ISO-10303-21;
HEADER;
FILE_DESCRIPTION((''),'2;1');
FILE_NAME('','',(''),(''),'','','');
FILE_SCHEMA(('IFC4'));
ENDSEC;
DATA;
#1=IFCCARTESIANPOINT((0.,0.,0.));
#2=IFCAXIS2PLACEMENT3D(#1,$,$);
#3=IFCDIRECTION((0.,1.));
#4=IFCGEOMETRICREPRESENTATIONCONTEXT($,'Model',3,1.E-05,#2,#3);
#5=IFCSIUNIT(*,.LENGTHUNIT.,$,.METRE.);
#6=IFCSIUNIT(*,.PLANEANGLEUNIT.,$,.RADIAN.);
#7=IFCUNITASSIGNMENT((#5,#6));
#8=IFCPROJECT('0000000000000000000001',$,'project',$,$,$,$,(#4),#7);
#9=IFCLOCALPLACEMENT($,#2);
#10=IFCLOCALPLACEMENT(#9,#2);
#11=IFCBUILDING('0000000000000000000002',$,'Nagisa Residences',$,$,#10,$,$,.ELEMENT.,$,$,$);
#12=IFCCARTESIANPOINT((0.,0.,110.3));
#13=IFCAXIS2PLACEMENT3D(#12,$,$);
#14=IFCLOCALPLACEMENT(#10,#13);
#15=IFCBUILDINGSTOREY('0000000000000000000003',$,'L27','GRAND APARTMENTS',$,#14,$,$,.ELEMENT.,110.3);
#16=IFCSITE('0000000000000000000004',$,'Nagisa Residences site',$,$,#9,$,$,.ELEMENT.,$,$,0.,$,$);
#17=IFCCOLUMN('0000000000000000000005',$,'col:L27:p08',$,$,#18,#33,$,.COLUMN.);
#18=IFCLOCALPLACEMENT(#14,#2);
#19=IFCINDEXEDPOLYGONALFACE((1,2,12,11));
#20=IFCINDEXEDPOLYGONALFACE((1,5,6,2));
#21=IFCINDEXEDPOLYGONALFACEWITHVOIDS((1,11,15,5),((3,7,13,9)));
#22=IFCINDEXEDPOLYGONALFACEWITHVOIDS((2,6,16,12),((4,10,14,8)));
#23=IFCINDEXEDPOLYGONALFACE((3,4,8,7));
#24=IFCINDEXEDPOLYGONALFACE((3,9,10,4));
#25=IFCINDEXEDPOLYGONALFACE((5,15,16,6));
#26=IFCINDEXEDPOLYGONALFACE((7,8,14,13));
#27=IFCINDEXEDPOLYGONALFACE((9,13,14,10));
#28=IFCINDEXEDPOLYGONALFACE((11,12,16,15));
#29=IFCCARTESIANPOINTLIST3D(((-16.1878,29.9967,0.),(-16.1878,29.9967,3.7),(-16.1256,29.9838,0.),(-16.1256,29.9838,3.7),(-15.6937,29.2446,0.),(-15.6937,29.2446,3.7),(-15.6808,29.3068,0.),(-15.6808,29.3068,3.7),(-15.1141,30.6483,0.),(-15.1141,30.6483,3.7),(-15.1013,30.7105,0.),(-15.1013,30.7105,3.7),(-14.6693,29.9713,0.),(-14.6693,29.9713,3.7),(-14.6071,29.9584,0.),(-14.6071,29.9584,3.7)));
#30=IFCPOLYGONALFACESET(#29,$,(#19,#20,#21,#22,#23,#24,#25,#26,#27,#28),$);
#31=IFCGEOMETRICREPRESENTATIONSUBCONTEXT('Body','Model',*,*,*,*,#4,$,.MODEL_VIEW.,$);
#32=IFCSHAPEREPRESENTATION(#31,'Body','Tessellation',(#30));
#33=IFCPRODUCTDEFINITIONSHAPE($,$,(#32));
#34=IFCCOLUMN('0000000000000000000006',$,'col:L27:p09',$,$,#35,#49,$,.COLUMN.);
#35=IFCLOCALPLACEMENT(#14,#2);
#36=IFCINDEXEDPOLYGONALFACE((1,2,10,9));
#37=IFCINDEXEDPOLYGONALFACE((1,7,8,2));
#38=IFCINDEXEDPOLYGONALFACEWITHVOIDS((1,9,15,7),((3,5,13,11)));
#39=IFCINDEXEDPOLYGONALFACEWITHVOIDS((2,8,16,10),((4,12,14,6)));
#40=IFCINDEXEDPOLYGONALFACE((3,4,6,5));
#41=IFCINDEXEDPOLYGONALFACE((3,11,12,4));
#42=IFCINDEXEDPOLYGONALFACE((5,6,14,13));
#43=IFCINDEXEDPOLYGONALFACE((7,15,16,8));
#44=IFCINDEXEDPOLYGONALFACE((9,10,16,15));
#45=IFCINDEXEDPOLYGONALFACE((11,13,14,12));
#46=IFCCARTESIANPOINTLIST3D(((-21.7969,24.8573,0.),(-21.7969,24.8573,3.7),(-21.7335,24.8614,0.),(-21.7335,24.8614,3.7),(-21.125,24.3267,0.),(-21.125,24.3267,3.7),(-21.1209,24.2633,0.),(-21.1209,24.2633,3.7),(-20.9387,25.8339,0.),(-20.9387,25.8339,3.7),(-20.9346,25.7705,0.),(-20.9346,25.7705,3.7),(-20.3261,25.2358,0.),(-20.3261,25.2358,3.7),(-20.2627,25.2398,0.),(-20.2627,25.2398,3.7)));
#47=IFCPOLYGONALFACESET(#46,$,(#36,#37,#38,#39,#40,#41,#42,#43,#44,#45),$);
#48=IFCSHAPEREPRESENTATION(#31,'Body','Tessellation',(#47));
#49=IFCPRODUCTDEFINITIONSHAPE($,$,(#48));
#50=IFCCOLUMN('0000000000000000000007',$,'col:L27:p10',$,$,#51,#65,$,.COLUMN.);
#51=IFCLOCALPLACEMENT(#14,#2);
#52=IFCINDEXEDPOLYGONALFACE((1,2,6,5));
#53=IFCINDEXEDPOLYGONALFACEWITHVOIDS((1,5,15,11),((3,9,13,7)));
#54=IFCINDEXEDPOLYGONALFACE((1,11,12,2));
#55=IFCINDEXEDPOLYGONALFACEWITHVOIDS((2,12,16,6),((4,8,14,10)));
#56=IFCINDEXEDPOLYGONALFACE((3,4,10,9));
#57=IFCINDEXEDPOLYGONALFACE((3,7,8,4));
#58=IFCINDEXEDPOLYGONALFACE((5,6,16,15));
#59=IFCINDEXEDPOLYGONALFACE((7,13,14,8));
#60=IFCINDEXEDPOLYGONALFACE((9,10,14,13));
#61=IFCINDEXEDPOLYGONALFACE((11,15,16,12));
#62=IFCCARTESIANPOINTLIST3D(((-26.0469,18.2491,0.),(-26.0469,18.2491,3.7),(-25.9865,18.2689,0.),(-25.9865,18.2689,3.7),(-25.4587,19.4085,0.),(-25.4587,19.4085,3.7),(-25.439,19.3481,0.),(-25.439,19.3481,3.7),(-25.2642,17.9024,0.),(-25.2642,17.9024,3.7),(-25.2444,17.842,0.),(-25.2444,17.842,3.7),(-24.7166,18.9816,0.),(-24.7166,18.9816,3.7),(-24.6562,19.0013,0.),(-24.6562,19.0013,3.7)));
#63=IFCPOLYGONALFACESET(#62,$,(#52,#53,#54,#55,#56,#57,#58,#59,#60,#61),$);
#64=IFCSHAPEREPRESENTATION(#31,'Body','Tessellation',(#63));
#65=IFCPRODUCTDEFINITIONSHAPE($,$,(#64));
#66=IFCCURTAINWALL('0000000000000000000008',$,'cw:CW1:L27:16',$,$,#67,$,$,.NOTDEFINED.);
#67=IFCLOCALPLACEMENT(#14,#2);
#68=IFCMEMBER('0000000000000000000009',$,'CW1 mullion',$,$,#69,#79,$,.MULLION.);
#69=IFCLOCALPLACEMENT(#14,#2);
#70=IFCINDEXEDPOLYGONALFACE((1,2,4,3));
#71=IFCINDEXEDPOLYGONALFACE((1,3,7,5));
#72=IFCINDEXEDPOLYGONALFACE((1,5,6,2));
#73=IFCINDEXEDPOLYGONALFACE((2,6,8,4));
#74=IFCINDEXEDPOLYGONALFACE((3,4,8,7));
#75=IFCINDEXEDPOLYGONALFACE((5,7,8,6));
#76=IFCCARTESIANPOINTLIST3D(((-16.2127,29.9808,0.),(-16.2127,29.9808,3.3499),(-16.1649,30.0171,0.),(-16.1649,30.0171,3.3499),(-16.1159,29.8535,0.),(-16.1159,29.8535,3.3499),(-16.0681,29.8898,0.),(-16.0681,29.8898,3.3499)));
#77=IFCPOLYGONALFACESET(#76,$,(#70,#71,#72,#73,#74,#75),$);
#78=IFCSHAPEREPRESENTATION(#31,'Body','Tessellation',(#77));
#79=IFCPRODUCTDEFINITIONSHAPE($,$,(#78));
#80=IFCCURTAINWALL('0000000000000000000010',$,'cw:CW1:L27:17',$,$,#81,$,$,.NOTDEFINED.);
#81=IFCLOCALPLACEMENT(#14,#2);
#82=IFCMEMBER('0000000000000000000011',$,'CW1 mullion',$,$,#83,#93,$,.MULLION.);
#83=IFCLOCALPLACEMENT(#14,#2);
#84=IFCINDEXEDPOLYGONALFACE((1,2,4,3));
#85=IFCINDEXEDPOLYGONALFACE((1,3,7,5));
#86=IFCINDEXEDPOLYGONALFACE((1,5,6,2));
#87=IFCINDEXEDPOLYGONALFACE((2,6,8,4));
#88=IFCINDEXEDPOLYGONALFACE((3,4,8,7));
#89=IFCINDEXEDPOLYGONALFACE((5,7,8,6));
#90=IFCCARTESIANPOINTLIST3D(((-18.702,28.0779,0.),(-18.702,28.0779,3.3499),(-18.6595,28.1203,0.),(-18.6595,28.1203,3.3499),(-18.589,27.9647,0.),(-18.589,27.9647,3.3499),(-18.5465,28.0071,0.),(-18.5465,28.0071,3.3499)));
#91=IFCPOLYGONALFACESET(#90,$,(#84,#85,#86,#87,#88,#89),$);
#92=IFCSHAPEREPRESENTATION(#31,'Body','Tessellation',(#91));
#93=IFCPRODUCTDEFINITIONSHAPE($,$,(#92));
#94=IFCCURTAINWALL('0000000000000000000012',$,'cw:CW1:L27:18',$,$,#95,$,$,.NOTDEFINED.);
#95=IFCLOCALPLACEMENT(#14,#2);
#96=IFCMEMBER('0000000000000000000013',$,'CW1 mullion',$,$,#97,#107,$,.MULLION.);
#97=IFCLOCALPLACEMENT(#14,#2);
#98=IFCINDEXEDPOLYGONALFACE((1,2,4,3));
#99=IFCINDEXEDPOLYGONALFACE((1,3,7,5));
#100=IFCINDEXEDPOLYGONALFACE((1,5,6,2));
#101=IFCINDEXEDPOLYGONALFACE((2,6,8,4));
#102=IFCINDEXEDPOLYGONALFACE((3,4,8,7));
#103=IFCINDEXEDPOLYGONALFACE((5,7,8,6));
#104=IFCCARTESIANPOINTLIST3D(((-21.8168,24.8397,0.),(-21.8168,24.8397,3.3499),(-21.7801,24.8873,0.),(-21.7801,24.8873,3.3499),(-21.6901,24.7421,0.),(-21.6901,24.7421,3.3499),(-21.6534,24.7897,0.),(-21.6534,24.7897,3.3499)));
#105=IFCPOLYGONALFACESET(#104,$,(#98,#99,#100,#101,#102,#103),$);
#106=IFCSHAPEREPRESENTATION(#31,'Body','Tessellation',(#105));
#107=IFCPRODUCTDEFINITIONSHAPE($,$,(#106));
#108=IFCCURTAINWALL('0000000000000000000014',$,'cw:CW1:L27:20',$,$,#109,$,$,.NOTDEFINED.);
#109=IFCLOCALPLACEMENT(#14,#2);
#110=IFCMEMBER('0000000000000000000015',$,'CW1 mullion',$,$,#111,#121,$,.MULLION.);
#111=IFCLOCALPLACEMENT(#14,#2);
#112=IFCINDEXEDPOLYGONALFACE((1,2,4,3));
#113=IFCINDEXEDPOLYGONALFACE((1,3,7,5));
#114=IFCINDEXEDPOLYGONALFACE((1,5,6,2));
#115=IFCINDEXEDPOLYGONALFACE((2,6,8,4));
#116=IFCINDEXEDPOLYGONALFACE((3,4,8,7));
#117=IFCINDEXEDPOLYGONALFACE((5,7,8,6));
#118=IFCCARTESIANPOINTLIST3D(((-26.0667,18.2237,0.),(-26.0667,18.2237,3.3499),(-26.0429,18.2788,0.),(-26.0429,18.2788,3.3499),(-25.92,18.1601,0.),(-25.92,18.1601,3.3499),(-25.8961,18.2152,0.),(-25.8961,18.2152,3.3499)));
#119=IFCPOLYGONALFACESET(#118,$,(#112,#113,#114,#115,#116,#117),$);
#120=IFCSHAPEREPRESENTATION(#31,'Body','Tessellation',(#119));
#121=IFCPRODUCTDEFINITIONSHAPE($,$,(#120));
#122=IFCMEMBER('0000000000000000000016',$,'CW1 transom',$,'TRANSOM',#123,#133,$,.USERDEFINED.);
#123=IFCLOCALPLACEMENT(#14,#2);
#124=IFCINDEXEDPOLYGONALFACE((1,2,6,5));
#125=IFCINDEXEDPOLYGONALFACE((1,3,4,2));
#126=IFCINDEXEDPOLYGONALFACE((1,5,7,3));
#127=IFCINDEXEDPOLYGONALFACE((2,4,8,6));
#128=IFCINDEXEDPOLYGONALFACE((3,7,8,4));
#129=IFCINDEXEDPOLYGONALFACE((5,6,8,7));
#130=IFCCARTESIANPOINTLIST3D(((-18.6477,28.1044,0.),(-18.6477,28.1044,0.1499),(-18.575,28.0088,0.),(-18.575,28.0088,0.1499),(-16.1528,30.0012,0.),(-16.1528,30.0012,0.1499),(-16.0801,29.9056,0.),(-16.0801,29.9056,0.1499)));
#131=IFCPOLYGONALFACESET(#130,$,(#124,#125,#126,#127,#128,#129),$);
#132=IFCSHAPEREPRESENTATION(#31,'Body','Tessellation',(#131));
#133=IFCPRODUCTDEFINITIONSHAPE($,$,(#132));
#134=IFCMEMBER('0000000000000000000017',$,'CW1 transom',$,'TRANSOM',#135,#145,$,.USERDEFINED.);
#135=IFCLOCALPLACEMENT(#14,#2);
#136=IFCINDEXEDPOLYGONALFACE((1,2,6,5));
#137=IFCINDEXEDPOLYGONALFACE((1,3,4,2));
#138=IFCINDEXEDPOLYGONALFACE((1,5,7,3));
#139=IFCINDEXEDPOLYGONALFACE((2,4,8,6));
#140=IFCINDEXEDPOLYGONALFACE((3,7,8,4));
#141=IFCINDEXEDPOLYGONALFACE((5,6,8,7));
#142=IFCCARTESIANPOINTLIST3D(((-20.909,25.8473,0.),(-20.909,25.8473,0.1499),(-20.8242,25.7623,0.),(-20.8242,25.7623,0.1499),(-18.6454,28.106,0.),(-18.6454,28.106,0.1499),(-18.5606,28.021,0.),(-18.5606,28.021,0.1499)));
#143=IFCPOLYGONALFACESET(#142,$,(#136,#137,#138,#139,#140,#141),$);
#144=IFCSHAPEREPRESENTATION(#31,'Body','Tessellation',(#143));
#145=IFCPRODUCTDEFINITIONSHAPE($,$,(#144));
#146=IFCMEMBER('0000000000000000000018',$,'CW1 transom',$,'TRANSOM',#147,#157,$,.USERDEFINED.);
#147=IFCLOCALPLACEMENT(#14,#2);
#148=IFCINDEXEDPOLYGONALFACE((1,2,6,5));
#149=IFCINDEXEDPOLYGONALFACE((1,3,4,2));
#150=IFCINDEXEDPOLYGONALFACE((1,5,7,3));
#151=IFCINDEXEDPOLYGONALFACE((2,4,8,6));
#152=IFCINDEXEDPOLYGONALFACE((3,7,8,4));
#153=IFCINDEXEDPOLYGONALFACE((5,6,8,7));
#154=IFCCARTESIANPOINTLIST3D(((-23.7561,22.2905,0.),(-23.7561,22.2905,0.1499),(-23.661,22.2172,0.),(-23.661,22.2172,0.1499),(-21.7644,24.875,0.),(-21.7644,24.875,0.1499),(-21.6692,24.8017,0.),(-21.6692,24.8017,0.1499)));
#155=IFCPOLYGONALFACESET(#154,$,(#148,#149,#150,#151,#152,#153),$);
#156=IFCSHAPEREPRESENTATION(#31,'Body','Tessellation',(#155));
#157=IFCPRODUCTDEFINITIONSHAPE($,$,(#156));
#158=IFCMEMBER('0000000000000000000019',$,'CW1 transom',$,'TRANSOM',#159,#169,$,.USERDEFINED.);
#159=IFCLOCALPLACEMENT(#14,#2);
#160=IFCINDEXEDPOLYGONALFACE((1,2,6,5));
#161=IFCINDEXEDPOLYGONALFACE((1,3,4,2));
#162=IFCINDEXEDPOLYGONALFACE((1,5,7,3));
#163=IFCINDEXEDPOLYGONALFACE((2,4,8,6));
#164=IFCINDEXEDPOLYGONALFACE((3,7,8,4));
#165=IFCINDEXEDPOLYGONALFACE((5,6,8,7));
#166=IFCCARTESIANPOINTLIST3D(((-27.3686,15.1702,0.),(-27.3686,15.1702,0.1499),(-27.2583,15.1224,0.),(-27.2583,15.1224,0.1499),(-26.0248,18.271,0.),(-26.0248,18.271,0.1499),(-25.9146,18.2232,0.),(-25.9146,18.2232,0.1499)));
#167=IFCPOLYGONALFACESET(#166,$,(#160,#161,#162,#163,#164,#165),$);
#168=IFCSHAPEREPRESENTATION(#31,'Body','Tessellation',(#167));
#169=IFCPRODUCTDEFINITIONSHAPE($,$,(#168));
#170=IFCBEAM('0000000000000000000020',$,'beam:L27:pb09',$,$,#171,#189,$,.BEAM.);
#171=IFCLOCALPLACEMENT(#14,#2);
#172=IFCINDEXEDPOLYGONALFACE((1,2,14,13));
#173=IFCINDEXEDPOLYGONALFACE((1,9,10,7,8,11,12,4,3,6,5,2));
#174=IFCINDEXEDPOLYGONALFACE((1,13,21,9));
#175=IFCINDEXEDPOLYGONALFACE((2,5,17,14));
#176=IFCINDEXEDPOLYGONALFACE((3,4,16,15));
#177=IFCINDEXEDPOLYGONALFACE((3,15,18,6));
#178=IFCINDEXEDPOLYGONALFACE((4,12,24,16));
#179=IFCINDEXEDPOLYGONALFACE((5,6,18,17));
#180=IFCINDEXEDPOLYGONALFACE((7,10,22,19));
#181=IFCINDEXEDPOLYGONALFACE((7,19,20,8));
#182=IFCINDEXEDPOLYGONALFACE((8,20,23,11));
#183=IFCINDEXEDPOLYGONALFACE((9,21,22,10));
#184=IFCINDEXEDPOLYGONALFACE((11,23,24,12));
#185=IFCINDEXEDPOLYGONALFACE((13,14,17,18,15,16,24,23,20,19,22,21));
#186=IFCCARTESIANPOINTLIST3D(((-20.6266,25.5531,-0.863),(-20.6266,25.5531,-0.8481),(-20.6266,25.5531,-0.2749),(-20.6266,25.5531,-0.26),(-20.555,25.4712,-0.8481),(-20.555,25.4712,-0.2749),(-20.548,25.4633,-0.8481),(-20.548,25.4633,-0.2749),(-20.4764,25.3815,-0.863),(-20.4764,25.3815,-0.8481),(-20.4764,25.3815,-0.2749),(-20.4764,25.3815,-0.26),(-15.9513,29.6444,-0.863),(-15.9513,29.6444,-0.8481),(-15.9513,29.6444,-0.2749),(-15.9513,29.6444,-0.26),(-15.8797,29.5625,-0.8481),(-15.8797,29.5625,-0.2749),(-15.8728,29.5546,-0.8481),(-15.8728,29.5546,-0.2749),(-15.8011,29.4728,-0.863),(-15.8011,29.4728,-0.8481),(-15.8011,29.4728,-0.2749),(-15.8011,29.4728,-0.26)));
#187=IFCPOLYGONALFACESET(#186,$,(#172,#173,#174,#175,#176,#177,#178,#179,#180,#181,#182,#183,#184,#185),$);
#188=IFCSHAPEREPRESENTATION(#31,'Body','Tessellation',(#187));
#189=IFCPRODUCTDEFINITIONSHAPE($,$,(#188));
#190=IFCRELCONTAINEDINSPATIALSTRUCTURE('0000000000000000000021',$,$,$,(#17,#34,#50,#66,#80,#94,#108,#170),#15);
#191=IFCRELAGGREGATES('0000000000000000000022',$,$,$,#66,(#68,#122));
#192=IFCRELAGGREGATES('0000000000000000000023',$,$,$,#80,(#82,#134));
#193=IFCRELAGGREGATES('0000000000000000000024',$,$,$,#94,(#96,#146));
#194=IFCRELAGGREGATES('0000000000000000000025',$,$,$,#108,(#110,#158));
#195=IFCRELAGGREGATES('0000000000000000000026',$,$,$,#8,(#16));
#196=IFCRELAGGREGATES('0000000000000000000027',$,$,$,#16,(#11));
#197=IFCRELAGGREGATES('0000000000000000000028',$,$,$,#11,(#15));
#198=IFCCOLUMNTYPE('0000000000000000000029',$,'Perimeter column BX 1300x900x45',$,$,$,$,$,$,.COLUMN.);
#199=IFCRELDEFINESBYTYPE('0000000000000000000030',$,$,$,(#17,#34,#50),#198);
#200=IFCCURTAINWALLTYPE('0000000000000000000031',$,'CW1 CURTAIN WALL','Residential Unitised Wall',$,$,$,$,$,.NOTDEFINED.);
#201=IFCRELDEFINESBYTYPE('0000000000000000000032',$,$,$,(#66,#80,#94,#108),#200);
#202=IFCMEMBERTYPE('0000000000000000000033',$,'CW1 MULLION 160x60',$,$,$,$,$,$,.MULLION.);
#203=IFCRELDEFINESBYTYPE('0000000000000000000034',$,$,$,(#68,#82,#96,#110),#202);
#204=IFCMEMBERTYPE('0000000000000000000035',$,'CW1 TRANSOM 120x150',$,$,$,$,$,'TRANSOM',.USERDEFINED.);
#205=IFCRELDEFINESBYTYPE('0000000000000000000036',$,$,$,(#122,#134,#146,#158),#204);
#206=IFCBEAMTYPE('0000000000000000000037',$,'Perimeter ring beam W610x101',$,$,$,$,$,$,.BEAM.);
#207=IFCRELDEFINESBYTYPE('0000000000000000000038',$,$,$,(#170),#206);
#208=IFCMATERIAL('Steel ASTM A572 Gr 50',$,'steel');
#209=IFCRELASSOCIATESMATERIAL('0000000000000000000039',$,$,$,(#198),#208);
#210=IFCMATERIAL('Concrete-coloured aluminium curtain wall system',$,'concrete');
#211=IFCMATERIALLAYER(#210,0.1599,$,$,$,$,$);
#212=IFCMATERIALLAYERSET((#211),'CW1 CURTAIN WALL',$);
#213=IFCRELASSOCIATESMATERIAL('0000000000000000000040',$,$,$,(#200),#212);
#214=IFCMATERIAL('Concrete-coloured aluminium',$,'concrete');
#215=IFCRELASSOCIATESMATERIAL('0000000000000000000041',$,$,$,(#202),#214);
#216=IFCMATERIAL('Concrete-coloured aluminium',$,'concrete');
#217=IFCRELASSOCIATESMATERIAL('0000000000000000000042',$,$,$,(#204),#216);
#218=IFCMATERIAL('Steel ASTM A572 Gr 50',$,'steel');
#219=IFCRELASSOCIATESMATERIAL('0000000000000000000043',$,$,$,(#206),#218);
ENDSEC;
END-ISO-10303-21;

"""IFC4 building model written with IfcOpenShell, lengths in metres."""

from ifc_helpers import new_model, si_unit, direction, frame, origin, origin_2d, place, context, subcontext, project, spatial, rectangle, hollow_rectangle, i_section, extrude, material, layer, layer_set, material_profile, profile_set, type_object, element, aggregate, save


model = new_model("IFC4")

# Units and contexts
model_context = context("Model", 3, precision=1e-05, world=origin(), true_north=direction((0.0, 1.0)))
body_context = subcontext(model_context, "Body", "Model", "MODEL_VIEW")
ifc_project = project(units=[si_unit("LENGTHUNIT", "METRE"), si_unit("PLANEANGLEUNIT", "RADIAN")], contexts=[model_context])

# Site, building, storey
site_placement = place(None, origin())
site = spatial("IfcSite", under=ifc_project, at=site_placement, Name="Nagisa Residences site", CompositionType="ELEMENT", RefElevation=0.0)
building_placement = place(site_placement, origin())
building = spatial("IfcBuilding", under=site, at=building_placement, Name="Nagisa Residences", CompositionType="ELEMENT")
storey_placement = place(building_placement, frame((0.0, 0.0, 110.3)))
storey = spatial("IfcBuildingStorey", under=building, at=storey_placement, Name="L27", Description="GRAND APARTMENTS", CompositionType="ELEMENT", Elevation=110.3)

# Columns
ifc_material_1 = material(Name="Steel ASTM A572 Gr 50", Category="steel")
ifc_material_profile_1 = material_profile(ifc_material_1, hollow_rectangle(XDim=1.3, YDim=0.8999, WallThickness=0.0449, at=origin_2d()), Name="BX 1300x900x45")
ifc_profile_set_1 = profile_set([ifc_material_profile_1], Name="Steel ASTM A572 Gr 50")
column_type = type_object("IfcColumnType", Name="Perimeter column BX 1300x900x45", PredefinedType="COLUMN", material=ifc_profile_set_1)
for number, where, z_axis, x_axis, name in (
    (1, (-15.3975, 29.9775, 0.0), (0.0, 0.0, 1.0), (-0.835766, -0.549086, 0.0), "col:L27:p08"),
    (2, (-21.0298, 25.0486, 0.0), (0.0, 0.0, 1.0), (-0.660115, -0.751165, 0.0), "col:L27:p09"),
    (3, (-25.3516, 18.6252, 0.0), (0.0, 0.0, 1.0), (-0.452463, -0.891783, 0.0), "col:L27:p10"),
):
    element("IfcColumn", number, at=place(storey_placement, frame(where, z_axis=z_axis, x_axis=x_axis)), inside=storey, type_object=column_type, Name=name, PredefinedType="COLUMN", context=body_context, shape_type="SweptSolid", body=[
        extrude(hollow_rectangle(XDim=1.3, YDim=0.8999, WallThickness=0.0449, at=origin_2d()), origin(), (0.0, 0.0, 1.0), 3.7),
    ])

# Curtain walls, members
ifc_material_2 = material(Name="Concrete-coloured aluminium curtain wall system", Category="concrete")
ifc_layer_1 = layer(ifc_material_2, 0.1599)
ifc_layer_set_1 = layer_set([ifc_layer_1], Name="CW1 CURTAIN WALL")
curtain_wall_type = type_object("IfcCurtainWallType", Name="CW1 CURTAIN WALL", Description="Residential Unitised Wall", PredefinedType="NOTDEFINED", material=ifc_layer_set_1)
curtain_wall_1_placement = place(storey_placement, origin())
curtain_wall_1 = element("IfcCurtainWall", 4, at=curtain_wall_1_placement, inside=storey, type_object=curtain_wall_type, Name="cw:CW1:L27:16", PredefinedType="NOTDEFINED")
ifc_material_3 = material(Name="Concrete-coloured aluminium", Category="concrete")
ifc_material_profile_2 = material_profile(ifc_material_3, rectangle(XDim=0.1599, YDim=0.0601, at=origin_2d()), Name="CW1 MULLION 160x60")
ifc_profile_set_2 = profile_set([ifc_material_profile_2], Name="Concrete-coloured aluminium")
member_type_1 = type_object("IfcMemberType", Name="CW1 MULLION 160x60", PredefinedType="MULLION", material=ifc_profile_set_2)
member_1_placement = place(storey_placement, frame((-16.1404, 29.9353, 0.0), z_axis=(0.0, 0.0, 1.0), x_axis=(0.605255, -0.796031, 0.0)))
member_1 = element("IfcMember", 5, at=member_1_placement, type_object=member_type_1, Name="CW1 mullion", PredefinedType="MULLION", context=body_context, shape_type="SweptSolid", body=[
    extrude(rectangle(XDim=0.1599, YDim=0.0601, at=origin_2d()), origin(), (0.0, 0.0, 1.0), 3.3499),
])
curtain_wall_2_placement = place(storey_placement, origin())
curtain_wall_2 = element("IfcCurtainWall", 6, at=curtain_wall_2_placement, inside=storey, type_object=curtain_wall_type, Name="cw:CW1:L27:17", PredefinedType="NOTDEFINED")
member_2_placement = place(storey_placement, frame((-18.6243, 28.0425, 0.0), z_axis=(0.0, 0.0, 1.0), x_axis=(0.706377, -0.707836, 0.0)))
member_2 = element("IfcMember", 7, at=member_2_placement, type_object=member_type_1, Name="CW1 mullion", PredefinedType="MULLION", context=body_context, shape_type="SweptSolid", body=[
    extrude(rectangle(XDim=0.1599, YDim=0.0601, at=origin_2d()), origin(), (0.0, 0.0, 1.0), 3.3499),
])
curtain_wall_3_placement = place(storey_placement, origin())
curtain_wall_3 = element("IfcCurtainWall", 8, at=curtain_wall_3_placement, inside=storey, type_object=curtain_wall_type, Name="cw:CW1:L27:18", PredefinedType="NOTDEFINED")
member_3_placement = place(storey_placement, frame((-21.7351, 24.8147, 0.0), z_axis=(0.0, 0.0, 1.0), x_axis=(0.79207, -0.61043, 0.0)))
member_3 = element("IfcMember", 9, at=member_3_placement, type_object=member_type_1, Name="CW1 mullion", PredefinedType="MULLION", context=body_context, shape_type="SweptSolid", body=[
    extrude(rectangle(XDim=0.1599, YDim=0.0601, at=origin_2d()), origin(), (0.0, 0.0, 1.0), 3.3499),
])
curtain_wall_4_placement = place(storey_placement, origin())
curtain_wall_4 = element("IfcCurtainWall", 10, at=curtain_wall_4_placement, inside=storey, type_object=curtain_wall_type, Name="cw:CW1:L27:20", PredefinedType="NOTDEFINED")
member_4_placement = place(storey_placement, frame((-25.9814, 18.2195, 0.0), z_axis=(0.0, 0.0, 1.0), x_axis=(0.917543, -0.397636, 0.0)))
member_4 = element("IfcMember", 11, at=member_4_placement, type_object=member_type_1, Name="CW1 mullion", PredefinedType="MULLION", context=body_context, shape_type="SweptSolid", body=[
    extrude(rectangle(XDim=0.1599, YDim=0.0601, at=origin_2d()), origin(), (0.0, 0.0, 1.0), 3.3499),
])

# Members
ifc_material_4 = material(Name="Concrete-coloured aluminium", Category="concrete")
ifc_material_profile_3 = material_profile(ifc_material_4, rectangle(XDim=0.1201, YDim=0.1499, at=origin_2d()), Name="CW1 TRANSOM 120x150")
ifc_profile_set_3 = profile_set([ifc_material_profile_3], Name="Concrete-coloured aluminium")
member_type_2 = type_object("IfcMemberType", Name="CW1 TRANSOM 120x150", ElementType="TRANSOM", PredefinedType="USERDEFINED", material=ifc_profile_set_3)
member_5_placement = place(storey_placement, frame((-16.1165, 29.9534, 0.075), z_axis=(-0.796066, -0.60521, 0.0), x_axis=(0.60521, -0.796066, 0.0)))
member_5 = element("IfcMember", 12, at=member_5_placement, type_object=member_type_2, Name="CW1 transom", ObjectType="TRANSOM", PredefinedType="USERDEFINED", context=body_context, shape_type="SweptSolid", body=[
    extrude(rectangle(XDim=0.1201, YDim=0.1499, at=origin_2d()), origin(), (0.0, 0.0, 1.0), 3.134),
])
member_6_placement = place(storey_placement, frame((-18.603, 28.0635, 0.075), z_axis=(-0.70787, -0.706343, 0.0), x_axis=(0.706343, -0.70787, 0.0)))
member_6 = element("IfcMember", 13, at=member_6_placement, type_object=member_type_2, Name="CW1 transom", ObjectType="TRANSOM", PredefinedType="USERDEFINED", context=body_context, shape_type="SweptSolid", body=[
    extrude(rectangle(XDim=0.1201, YDim=0.1499, at=origin_2d()), origin(), (0.0, 0.0, 1.0), 3.1978),
])
member_7_placement = place(storey_placement, frame((-21.7168, 24.8384, 0.075), z_axis=(-0.610412, -0.792084, 0.0), x_axis=(0.792084, -0.610412, 0.0)))
member_7 = element("IfcMember", 14, at=member_7_placement, type_object=member_type_2, Name="CW1 transom", ObjectType="TRANSOM", PredefinedType="USERDEFINED", context=body_context, shape_type="SweptSolid", body=[
    extrude(rectangle(XDim=0.1201, YDim=0.1499, at=origin_2d()), origin(), (0.0, 0.0, 1.0), 3.2629),
])
member_8_placement = place(storey_placement, frame((-25.9697, 18.2471, 0.075), z_axis=(-0.397622, -0.917549, 0.0), x_axis=(0.917549, -0.397622, 0.0)))
member_8 = element("IfcMember", 15, at=member_8_placement, type_object=member_type_2, Name="CW1 transom", ObjectType="TRANSOM", PredefinedType="USERDEFINED", context=body_context, shape_type="SweptSolid", body=[
    extrude(rectangle(XDim=0.1201, YDim=0.1499, at=origin_2d()), origin(), (0.0, 0.0, 1.0), 3.3794),
])

# Beam
ifc_material_5 = material(Name="Steel ASTM A572 Gr 50", Category="steel")
ifc_material_profile_4 = material_profile(ifc_material_5, i_section(OverallWidth=0.228, OverallDepth=0.603, WebThickness=0.0105, FlangeThickness=0.0149, at=origin_2d()), Name="W610x101")
ifc_profile_set_4 = profile_set([ifc_material_profile_4], Name="Steel ASTM A572 Gr 50")
beam_type_1 = type_object("IfcBeamType", Name="Perimeter ring beam W610x101", PredefinedType="BEAM", material=ifc_profile_set_4)
beam_1_placement = place(storey_placement, frame((-15.8762, 29.5586, -0.5615), z_axis=(-0.752543, -0.658544, 0.0), x_axis=(0.658544, -0.752543, 0.0)))
element("IfcBeam", 16, at=beam_1_placement, inside=storey, type_object=beam_type_1, Name="beam:L27:pb09", PredefinedType="BEAM", context=body_context, shape_type="SweptSolid", body=[
    extrude(i_section(OverallWidth=0.228, OverallDepth=0.603, WebThickness=0.0105, FlangeThickness=0.0149, at=origin_2d()), origin(), (0.0, 0.0, 1.0), 6.2126),
])

aggregate(curtain_wall_1, [member_1, member_5])
aggregate(curtain_wall_2, [member_2, member_6])
aggregate(curtain_wall_3, [member_3, member_7])
aggregate(curtain_wall_4, [member_4, member_8])

save(model, "model.ifc")
